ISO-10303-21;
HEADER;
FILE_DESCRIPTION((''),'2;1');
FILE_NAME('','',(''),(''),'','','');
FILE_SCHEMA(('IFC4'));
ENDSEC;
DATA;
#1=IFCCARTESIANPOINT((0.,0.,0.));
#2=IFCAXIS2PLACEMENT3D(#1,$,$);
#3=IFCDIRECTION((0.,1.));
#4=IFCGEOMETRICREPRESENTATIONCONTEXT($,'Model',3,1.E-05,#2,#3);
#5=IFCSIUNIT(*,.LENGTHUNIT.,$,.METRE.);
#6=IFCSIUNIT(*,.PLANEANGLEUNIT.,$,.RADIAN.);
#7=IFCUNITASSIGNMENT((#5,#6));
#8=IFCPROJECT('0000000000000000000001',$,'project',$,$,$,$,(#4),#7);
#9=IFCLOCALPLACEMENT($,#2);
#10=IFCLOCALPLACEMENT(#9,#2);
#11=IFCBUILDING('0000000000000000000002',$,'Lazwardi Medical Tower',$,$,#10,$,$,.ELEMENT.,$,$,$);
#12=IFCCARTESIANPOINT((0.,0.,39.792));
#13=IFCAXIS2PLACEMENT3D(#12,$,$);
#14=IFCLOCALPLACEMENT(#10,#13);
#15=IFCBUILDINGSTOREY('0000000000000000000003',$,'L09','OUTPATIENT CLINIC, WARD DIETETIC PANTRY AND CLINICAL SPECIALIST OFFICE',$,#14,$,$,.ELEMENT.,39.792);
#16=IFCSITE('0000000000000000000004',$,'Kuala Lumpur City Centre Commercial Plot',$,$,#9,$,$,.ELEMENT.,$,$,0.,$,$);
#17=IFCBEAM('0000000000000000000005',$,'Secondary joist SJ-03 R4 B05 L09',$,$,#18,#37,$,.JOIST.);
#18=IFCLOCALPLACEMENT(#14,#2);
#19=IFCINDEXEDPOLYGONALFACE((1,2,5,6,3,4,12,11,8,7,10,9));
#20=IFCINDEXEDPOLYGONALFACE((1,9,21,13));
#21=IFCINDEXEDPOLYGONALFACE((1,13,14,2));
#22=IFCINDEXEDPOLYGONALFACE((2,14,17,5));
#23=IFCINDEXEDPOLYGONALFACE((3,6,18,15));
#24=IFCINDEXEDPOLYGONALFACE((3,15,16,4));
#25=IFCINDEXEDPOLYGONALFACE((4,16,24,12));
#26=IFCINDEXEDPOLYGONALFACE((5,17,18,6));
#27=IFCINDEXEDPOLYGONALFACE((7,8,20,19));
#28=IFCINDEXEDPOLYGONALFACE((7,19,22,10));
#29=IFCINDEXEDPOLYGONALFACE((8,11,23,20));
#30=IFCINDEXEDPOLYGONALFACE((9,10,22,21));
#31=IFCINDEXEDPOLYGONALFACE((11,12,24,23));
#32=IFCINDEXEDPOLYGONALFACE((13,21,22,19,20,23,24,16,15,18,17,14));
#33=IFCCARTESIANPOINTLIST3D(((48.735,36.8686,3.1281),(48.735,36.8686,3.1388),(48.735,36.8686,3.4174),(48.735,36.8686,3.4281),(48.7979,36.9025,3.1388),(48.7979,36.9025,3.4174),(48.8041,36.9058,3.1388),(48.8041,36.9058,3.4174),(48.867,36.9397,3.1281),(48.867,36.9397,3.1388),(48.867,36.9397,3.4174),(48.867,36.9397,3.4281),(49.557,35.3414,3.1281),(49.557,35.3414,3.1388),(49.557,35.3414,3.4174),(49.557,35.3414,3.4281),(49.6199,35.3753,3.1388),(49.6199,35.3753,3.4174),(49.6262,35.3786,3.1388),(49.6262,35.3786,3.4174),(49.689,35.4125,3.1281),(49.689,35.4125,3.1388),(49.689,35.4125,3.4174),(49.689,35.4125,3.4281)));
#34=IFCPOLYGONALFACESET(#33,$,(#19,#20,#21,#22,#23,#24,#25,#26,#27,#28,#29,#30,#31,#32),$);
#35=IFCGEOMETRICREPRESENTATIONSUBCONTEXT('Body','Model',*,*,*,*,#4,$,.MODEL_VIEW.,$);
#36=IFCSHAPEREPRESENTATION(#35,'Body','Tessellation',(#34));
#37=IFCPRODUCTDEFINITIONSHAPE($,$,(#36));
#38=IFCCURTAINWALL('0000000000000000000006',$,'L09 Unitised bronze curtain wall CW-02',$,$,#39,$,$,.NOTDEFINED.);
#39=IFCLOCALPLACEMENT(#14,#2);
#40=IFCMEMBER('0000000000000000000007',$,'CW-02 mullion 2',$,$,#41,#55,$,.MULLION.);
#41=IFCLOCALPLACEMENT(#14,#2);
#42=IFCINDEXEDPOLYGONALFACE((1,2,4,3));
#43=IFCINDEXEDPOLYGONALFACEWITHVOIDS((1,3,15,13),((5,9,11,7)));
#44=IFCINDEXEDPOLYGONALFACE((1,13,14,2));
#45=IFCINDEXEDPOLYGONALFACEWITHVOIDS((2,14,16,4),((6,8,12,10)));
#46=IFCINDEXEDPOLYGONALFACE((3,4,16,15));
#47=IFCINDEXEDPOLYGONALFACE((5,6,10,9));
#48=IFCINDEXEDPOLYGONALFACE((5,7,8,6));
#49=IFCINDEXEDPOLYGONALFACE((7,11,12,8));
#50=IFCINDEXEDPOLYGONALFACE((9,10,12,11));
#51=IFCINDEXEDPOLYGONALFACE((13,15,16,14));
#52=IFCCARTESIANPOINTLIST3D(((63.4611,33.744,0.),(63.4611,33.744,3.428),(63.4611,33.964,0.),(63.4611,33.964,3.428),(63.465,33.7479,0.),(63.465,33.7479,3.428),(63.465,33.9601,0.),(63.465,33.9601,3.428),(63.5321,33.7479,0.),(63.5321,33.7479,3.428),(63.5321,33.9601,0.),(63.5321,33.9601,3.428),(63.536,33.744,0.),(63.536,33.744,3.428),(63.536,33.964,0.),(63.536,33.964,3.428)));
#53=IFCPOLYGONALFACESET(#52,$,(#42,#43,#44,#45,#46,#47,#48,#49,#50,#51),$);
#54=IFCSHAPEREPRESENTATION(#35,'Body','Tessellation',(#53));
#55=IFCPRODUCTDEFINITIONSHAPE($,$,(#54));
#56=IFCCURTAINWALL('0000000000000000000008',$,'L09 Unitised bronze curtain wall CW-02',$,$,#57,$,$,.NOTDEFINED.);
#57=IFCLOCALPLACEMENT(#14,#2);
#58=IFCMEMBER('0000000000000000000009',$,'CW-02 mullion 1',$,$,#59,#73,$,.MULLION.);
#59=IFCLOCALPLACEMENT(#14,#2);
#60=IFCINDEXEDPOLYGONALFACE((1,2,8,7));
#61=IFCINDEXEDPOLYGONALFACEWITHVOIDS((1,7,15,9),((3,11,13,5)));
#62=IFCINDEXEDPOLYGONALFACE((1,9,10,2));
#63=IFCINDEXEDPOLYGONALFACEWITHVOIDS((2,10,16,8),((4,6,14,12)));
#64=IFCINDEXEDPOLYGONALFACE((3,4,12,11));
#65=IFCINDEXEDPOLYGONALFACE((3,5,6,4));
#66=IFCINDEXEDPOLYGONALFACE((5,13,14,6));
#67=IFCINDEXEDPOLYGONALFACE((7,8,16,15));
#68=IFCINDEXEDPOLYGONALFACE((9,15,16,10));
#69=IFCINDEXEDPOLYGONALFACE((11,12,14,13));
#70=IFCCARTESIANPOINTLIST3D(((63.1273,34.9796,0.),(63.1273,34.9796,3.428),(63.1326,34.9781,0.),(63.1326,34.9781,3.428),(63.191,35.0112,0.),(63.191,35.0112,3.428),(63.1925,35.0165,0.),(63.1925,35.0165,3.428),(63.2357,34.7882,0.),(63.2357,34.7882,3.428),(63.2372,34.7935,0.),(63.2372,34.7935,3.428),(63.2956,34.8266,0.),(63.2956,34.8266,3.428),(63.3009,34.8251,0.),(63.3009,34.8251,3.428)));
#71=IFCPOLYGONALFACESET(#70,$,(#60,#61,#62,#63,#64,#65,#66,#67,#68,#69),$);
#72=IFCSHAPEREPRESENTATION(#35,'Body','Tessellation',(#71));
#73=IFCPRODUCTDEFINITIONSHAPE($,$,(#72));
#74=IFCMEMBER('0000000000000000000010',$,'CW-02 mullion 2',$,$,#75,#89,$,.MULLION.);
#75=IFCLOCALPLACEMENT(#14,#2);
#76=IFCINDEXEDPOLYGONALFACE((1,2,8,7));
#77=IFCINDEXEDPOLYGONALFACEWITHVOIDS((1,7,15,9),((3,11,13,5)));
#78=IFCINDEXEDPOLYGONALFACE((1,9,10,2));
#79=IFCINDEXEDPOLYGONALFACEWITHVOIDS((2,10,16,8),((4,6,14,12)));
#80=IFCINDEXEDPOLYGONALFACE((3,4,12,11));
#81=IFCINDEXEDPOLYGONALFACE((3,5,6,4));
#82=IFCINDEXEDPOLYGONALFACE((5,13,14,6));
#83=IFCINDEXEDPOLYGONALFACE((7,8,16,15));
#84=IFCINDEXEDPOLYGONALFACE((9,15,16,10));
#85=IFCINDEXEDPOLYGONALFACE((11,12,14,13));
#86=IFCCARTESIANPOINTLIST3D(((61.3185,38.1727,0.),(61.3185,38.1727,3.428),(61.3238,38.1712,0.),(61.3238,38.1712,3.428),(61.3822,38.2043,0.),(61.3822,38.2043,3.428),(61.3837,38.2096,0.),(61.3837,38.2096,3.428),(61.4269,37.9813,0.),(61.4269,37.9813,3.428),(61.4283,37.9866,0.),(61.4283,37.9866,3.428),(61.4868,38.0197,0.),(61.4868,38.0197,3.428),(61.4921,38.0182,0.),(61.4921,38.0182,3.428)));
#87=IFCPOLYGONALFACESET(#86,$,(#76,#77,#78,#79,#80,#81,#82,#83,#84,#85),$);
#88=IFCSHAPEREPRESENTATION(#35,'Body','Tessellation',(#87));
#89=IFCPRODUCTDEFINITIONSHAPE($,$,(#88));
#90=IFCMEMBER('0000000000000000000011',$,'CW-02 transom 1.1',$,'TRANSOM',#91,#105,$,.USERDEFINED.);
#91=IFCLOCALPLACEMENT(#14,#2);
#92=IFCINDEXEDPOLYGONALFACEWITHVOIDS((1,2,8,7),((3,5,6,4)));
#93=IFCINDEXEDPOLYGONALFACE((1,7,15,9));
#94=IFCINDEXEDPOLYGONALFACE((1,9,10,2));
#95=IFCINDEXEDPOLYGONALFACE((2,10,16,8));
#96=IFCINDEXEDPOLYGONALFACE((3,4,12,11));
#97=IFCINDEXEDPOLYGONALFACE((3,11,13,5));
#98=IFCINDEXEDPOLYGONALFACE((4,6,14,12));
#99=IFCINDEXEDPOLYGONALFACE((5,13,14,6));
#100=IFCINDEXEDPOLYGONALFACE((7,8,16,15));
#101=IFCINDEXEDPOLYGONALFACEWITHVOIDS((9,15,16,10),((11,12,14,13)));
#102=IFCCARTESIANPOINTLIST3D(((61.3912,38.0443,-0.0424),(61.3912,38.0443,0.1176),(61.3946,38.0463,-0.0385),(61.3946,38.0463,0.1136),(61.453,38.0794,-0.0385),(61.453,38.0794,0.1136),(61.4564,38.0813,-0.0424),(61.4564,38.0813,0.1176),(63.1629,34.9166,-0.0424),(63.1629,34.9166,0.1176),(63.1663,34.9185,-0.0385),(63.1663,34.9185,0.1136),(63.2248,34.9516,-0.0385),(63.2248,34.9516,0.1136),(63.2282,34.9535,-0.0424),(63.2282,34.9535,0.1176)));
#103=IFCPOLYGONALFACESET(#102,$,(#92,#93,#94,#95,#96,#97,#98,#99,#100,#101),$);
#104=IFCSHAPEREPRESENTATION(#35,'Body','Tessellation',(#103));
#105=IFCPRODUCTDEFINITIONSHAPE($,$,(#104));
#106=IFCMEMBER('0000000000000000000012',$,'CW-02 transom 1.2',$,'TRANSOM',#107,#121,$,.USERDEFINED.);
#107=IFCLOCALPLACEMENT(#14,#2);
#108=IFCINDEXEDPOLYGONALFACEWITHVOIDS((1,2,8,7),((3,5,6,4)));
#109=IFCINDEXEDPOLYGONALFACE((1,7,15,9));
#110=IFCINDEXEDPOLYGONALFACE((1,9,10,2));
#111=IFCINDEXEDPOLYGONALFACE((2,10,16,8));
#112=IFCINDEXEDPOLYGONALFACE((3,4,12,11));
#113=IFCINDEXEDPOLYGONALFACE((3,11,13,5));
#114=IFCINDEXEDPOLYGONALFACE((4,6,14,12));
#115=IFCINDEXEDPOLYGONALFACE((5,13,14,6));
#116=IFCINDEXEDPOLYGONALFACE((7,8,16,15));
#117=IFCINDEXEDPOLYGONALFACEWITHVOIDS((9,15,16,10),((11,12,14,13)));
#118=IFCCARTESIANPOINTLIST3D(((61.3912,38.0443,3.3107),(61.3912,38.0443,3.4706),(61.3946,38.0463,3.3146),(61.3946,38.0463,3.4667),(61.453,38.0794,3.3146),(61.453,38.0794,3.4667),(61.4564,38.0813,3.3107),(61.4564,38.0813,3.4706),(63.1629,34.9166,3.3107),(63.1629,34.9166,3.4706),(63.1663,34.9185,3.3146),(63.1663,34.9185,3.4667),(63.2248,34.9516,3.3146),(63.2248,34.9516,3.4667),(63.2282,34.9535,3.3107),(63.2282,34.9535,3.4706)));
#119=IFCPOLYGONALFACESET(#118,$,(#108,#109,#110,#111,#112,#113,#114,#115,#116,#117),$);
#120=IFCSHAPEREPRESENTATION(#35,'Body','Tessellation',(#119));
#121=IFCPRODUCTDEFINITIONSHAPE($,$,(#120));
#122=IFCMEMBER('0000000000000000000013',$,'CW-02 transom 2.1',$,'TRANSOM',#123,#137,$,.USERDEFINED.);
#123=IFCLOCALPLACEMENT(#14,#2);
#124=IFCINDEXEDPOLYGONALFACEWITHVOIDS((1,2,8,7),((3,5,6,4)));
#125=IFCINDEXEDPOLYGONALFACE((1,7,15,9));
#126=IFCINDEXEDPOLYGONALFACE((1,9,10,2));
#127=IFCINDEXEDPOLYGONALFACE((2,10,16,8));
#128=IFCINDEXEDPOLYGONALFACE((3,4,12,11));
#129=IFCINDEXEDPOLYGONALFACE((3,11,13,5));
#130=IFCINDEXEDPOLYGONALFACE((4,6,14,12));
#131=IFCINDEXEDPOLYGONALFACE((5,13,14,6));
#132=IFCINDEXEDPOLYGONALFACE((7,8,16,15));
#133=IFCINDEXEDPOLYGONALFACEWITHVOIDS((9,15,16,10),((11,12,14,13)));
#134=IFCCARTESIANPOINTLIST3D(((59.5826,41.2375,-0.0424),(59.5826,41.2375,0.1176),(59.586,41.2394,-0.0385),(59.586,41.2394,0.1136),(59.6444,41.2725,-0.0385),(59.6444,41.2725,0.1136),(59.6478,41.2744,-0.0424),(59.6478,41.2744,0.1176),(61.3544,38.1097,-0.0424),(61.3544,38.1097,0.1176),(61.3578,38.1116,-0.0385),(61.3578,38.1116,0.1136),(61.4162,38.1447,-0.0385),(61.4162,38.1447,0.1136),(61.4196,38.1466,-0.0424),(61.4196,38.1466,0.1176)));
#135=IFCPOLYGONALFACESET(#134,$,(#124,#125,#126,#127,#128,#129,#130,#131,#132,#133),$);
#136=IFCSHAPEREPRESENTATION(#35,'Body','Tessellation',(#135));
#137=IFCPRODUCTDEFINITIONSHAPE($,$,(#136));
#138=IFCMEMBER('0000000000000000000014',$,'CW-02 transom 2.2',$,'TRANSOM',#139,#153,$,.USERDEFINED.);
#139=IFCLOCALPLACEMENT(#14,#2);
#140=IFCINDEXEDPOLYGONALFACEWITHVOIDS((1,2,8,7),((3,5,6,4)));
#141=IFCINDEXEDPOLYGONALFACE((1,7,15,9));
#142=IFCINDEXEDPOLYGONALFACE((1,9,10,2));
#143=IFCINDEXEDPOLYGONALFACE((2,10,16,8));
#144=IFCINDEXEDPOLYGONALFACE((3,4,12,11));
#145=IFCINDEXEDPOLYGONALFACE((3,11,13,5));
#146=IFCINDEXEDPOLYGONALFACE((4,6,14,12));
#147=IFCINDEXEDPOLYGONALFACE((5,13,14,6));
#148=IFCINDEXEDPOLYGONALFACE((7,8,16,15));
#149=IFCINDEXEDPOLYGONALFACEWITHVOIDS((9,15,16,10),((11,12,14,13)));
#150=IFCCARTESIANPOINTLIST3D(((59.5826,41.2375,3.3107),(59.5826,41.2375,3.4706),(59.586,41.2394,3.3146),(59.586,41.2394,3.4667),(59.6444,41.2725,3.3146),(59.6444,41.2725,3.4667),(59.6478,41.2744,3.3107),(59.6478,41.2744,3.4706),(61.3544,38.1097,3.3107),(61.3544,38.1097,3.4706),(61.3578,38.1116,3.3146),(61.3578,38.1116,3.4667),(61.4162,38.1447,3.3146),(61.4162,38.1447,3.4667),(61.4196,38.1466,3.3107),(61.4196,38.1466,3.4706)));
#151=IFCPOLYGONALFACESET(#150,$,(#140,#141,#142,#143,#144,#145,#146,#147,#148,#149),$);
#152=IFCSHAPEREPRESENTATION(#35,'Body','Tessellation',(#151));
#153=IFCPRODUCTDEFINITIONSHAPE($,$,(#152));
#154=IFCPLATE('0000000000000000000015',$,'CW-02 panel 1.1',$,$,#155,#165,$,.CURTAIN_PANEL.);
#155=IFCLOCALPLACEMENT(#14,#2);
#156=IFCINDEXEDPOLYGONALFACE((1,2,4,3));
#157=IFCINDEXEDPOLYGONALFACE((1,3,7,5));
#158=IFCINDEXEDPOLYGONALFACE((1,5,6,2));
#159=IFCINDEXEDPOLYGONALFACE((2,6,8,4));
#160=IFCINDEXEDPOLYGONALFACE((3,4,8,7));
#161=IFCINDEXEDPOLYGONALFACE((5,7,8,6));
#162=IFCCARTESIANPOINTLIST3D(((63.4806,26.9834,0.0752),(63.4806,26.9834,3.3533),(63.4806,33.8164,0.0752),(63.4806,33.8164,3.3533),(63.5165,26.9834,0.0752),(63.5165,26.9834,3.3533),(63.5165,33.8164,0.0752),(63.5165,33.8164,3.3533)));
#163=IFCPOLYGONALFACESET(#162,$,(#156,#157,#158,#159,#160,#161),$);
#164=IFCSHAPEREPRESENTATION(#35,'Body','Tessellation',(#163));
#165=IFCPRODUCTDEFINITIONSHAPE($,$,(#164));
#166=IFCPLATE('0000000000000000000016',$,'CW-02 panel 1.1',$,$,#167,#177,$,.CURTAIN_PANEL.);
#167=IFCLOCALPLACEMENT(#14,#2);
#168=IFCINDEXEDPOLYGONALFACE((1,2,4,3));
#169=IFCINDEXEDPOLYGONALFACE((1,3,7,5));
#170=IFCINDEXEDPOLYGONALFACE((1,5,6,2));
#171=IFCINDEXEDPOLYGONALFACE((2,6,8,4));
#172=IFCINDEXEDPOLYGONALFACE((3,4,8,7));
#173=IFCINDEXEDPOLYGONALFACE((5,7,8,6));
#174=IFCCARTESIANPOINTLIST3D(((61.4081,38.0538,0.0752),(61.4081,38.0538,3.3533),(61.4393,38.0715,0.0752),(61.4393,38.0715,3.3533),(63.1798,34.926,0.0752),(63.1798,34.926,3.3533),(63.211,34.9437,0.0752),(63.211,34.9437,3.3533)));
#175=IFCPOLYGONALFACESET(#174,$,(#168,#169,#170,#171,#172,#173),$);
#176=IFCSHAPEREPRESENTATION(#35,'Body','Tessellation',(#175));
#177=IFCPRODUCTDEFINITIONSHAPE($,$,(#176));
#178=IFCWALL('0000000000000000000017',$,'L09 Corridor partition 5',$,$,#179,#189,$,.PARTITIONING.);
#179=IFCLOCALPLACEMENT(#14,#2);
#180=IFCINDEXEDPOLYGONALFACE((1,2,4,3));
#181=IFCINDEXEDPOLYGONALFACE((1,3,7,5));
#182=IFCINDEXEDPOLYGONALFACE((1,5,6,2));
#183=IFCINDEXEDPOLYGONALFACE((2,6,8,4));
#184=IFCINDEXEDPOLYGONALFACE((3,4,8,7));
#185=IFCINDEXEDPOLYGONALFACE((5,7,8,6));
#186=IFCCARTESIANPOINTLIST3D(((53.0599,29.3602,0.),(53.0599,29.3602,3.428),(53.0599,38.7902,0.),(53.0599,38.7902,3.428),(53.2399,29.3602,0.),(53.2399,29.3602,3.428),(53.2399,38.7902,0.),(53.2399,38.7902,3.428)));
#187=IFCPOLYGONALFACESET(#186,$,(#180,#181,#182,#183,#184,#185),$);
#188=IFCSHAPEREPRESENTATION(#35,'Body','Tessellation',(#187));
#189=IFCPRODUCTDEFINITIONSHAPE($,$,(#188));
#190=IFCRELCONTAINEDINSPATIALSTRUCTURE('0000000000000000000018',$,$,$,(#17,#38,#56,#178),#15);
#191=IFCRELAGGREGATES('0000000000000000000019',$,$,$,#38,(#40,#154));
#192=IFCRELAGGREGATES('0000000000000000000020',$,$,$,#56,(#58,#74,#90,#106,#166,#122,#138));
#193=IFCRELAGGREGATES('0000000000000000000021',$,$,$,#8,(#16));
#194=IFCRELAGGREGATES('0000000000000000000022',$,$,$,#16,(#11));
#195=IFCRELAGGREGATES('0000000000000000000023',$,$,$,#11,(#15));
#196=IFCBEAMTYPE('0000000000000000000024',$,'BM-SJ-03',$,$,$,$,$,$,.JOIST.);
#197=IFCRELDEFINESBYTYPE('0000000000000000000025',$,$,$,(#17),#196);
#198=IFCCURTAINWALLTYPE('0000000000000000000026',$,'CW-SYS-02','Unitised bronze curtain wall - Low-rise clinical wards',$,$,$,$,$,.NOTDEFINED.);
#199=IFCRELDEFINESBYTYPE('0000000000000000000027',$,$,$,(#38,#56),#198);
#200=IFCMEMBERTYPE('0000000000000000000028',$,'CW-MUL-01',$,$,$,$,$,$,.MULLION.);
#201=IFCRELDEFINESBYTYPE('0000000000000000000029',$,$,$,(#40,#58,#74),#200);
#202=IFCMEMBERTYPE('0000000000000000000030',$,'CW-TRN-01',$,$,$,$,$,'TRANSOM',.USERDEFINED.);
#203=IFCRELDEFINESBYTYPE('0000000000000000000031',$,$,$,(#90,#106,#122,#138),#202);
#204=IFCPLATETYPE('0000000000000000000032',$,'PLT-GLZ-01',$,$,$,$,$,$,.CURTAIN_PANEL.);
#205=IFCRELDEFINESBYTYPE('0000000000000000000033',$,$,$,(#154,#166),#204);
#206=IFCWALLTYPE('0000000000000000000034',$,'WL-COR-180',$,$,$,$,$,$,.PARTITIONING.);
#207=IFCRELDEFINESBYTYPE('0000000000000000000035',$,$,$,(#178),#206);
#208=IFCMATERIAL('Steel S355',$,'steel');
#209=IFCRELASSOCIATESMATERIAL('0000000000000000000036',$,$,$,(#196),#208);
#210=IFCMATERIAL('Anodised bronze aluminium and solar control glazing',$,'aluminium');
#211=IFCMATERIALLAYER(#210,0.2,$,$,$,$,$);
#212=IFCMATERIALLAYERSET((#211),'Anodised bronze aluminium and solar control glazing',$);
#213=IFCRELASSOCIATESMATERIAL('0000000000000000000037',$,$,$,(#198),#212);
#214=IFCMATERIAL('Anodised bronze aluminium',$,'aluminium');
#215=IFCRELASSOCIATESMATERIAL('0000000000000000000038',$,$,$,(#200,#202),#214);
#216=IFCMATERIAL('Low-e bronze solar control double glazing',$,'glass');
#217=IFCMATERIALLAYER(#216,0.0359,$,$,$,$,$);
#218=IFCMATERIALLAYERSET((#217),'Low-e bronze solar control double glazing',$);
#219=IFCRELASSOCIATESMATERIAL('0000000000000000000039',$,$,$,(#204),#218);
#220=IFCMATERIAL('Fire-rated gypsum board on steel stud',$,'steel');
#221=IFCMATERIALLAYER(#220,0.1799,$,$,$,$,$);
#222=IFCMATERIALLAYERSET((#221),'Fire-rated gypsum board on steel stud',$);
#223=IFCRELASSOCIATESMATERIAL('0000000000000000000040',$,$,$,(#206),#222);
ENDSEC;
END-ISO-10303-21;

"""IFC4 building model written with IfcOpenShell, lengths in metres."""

from ifc_helpers import new_model, si_unit, direction, frame, frame_2d, origin, origin_2d, place, context, subcontext, project, spatial, rectangle, hollow_rectangle, i_section, extrude, material, layer, layer_set, material_profile, profile_set, type_object, element, aggregate, save


model = new_model("IFC4")

# Units and contexts
model_context = context("Model", 3, precision=1e-05, world=origin(), true_north=direction((0.0, 1.0)))
body_context = subcontext(model_context, "Body", "Model", "MODEL_VIEW")
ifc_project = project(units=[si_unit("LENGTHUNIT", "METRE"), si_unit("PLANEANGLEUNIT", "RADIAN")], contexts=[model_context])

# Site, building, storey
site_placement = place(None, origin())
site = spatial("IfcSite", under=ifc_project, at=site_placement, Name="Kuala Lumpur City Centre Commercial Plot", CompositionType="ELEMENT", RefElevation=0.0)
building_placement = place(site_placement, origin())
building = spatial("IfcBuilding", under=site, at=building_placement, Name="Lazwardi Medical Tower", CompositionType="ELEMENT")
storey_placement = place(building_placement, frame((0.0, 0.0, 39.792)))
storey = spatial("IfcBuildingStorey", under=building, at=storey_placement, Name="L09", Description="OUTPATIENT CLINIC, WARD DIETETIC PANTRY AND CLINICAL SPECIALIST OFFICE", CompositionType="ELEMENT", Elevation=39.792)

# Beam
ifc_material_1 = material(Name="Steel S355", Category="steel")
ifc_material_profile_1 = material_profile(ifc_material_1, i_section(OverallWidth=0.1499, OverallDepth=0.3, WebThickness=0.0071, FlangeThickness=0.0107, at=origin_2d()), Name="IPE 300")
ifc_profile_set_1 = profile_set([ifc_material_profile_1], Name="Steel S355")
beam_type_1 = type_object("IfcBeamType", Name="BM-SJ-03", PredefinedType="JOIST", material=ifc_profile_set_1)
beam_1_placement = place(storey_placement, frame((49.623, 35.377, 3.2781), z_axis=(-0.473982, 0.880534, 0.0), x_axis=(-0.880534, -0.473982, 0.0)))
element("IfcBeam", 1, at=beam_1_placement, inside=storey, type_object=beam_type_1, Name="Secondary joist SJ-03 R4 B05 L09", PredefinedType="JOIST", context=body_context, shape_type="SweptSolid", body=[
    extrude(i_section(OverallWidth=0.1499, OverallDepth=0.3, WebThickness=0.0071, FlangeThickness=0.0107, at=origin_2d()), origin(), (0.0, 0.0, 1.0), 1.7344),
])

# Curtain wall, member
ifc_material_2 = material(Name="Anodised bronze aluminium and solar control glazing", Category="aluminium")
ifc_layer_1 = layer(ifc_material_2, 0.2)
ifc_layer_set_1 = layer_set([ifc_layer_1], Name="Anodised bronze aluminium and solar control glazing")
curtain_wall_type = type_object("IfcCurtainWallType", Name="CW-SYS-02", Description="Unitised bronze curtain wall - Low-rise clinical wards", PredefinedType="NOTDEFINED", material=ifc_layer_set_1)
curtain_wall_1_placement = place(storey_placement, origin())
curtain_wall_1 = element("IfcCurtainWall", 2, at=curtain_wall_1_placement, inside=storey, type_object=curtain_wall_type, Name="L09 Unitised bronze curtain wall CW-02", PredefinedType="NOTDEFINED")
ifc_material_3 = material(Name="Anodised bronze aluminium", Category="aluminium")
ifc_material_profile_2 = material_profile(ifc_material_3, hollow_rectangle(XDim=0.075, YDim=0.22, WallThickness=0.0039, at=origin_2d()), Name="ALU-MULLION 220x75x4")
ifc_profile_set_2 = profile_set([ifc_material_profile_2], Name="Anodised bronze aluminium")
member_type_1 = type_object("IfcMemberType", Name="CW-MUL-01", PredefinedType="MULLION", material=ifc_profile_set_2)
member_1_placement = place(storey_placement, frame((63.4985, 33.854, 0.0), z_axis=(0.0, 0.0, 1.0), x_axis=(-1.0, 0.0, 0.0)))
member_1 = element("IfcMember", 3, at=member_1_placement, type_object=member_type_1, Name="CW-02 mullion 2", PredefinedType="MULLION", context=body_context, shape_type="SweptSolid", body=[
    extrude(hollow_rectangle(XDim=0.075, YDim=0.22, WallThickness=0.0039, at=origin_2d()), origin(), (0.0, 0.0, 1.0), 3.428),
])

# Curtain wall, members
curtain_wall_2_placement = place(storey_placement, origin())
curtain_wall_2 = element("IfcCurtainWall", 4, at=curtain_wall_2_placement, inside=storey, type_object=curtain_wall_type, Name="L09 Unitised bronze curtain wall CW-02", PredefinedType="NOTDEFINED")
member_2_placement = place(storey_placement, frame((63.2141, 34.9023, 0.0), z_axis=(0.0, 0.0, 1.0), x_axis=(-0.870112, -0.492854, 0.0)))
member_2 = element("IfcMember", 5, at=member_2_placement, type_object=member_type_1, Name="CW-02 mullion 1", PredefinedType="MULLION", context=body_context, shape_type="SweptSolid", body=[
    extrude(hollow_rectangle(XDim=0.075, YDim=0.22, WallThickness=0.0039, at=origin_2d()), origin(), (0.0, 0.0, 1.0), 3.428),
])
member_3_placement = place(storey_placement, frame((61.4053, 38.0955, 0.0), z_axis=(0.0, 0.0, 1.0), x_axis=(-0.870112, -0.492854, 0.0)))
member_3 = element("IfcMember", 6, at=member_3_placement, type_object=member_type_1, Name="CW-02 mullion 2", PredefinedType="MULLION", context=body_context, shape_type="SweptSolid", body=[
    extrude(hollow_rectangle(XDim=0.075, YDim=0.22, WallThickness=0.0039, at=origin_2d()), origin(), (0.0, 0.0, 1.0), 3.428),
])
ifc_material_profile_3 = material_profile(ifc_material_3, hollow_rectangle(XDim=0.075, YDim=0.1599, WallThickness=0.0039, at=origin_2d()), Name="ALU-TRANSOM 160x75x4")
ifc_profile_set_3 = profile_set([ifc_material_profile_3], Name="Anodised bronze aluminium")
member_type_2 = type_object("IfcMemberType", Name="CW-TRN-01", ElementType="TRANSOM", PredefinedType="USERDEFINED", material=ifc_profile_set_3)
member_4_placement = place(storey_placement, frame((63.1956, 34.9351, 0.0376), z_axis=(-0.492881, 0.870097, 0.0), x_axis=(-0.870097, -0.492881, 0.0)))
member_4 = element("IfcMember", 7, at=member_4_placement, type_object=member_type_2, Name="CW-02 transom 1.1", ObjectType="TRANSOM", PredefinedType="USERDEFINED", context=body_context, shape_type="SweptSolid", body=[
    extrude(hollow_rectangle(XDim=0.075, YDim=0.1599, WallThickness=0.0039, at=origin_2d()), origin(), (0.0, 0.0, 1.0), 3.5947),
])
member_5_placement = place(storey_placement, frame((63.1956, 34.9351, 3.3906), z_axis=(-0.492881, 0.870097, 0.0), x_axis=(-0.870097, -0.492881, 0.0)))
member_5 = element("IfcMember", 8, at=member_5_placement, type_object=member_type_2, Name="CW-02 transom 1.2", ObjectType="TRANSOM", PredefinedType="USERDEFINED", context=body_context, shape_type="SweptSolid", body=[
    extrude(hollow_rectangle(XDim=0.075, YDim=0.1599, WallThickness=0.0039, at=origin_2d()), origin(), (0.0, 0.0, 1.0), 3.5947),
])
member_6_placement = place(storey_placement, frame((61.387, 38.1282, 0.0376), z_axis=(-0.492881, 0.870097, 0.0), x_axis=(-0.870097, -0.492881, 0.0)))
member_6 = element("IfcMember", 9, at=member_6_placement, type_object=member_type_2, Name="CW-02 transom 2.1", ObjectType="TRANSOM", PredefinedType="USERDEFINED", context=body_context, shape_type="SweptSolid", body=[
    extrude(hollow_rectangle(XDim=0.075, YDim=0.1599, WallThickness=0.0039, at=origin_2d()), origin(), (0.0, 0.0, 1.0), 3.5947),
])
member_7_placement = place(storey_placement, frame((61.387, 38.1282, 3.3906), z_axis=(-0.492881, 0.870097, 0.0), x_axis=(-0.870097, -0.492881, 0.0)))
member_7 = element("IfcMember", 10, at=member_7_placement, type_object=member_type_2, Name="CW-02 transom 2.2", ObjectType="TRANSOM", PredefinedType="USERDEFINED", context=body_context, shape_type="SweptSolid", body=[
    extrude(hollow_rectangle(XDim=0.075, YDim=0.1599, WallThickness=0.0039, at=origin_2d()), origin(), (0.0, 0.0, 1.0), 3.5947),
])

# Plates
ifc_material_4 = material(Name="Low-e bronze solar control double glazing", Category="glass")
ifc_layer_2 = layer(ifc_material_4, 0.0359)
ifc_layer_set_2 = layer_set([ifc_layer_2], Name="Low-e bronze solar control double glazing")
plate_type = type_object("IfcPlateType", Name="PLT-GLZ-01", PredefinedType="CURTAIN_PANEL", material=ifc_layer_set_2)
plate_1_placement = place(storey_placement, frame((63.4985, 30.3999, 0.0752), z_axis=(0.0, 0.0, 1.0), x_axis=(0.0, 1.0, 0.0)))
plate_1 = element("IfcPlate", 11, at=plate_1_placement, type_object=plate_type, Name="CW-02 panel 1.1", PredefinedType="CURTAIN_PANEL", context=body_context, shape_type="SweptSolid", body=[
    extrude(rectangle(XDim=6.833, YDim=0.0359, at=origin_2d()), origin(), (0.0, 0.0, 1.0), 3.2781),
])
aggregate(curtain_wall_1, [member_1, plate_1])
plate_2_placement = place(storey_placement, frame((62.3096, 36.4988, 0.0752), z_axis=(0.0, 0.0, 1.0), x_axis=(-0.492854, 0.870112, 0.0)))
plate_2 = element("IfcPlate", 12, at=plate_2_placement, type_object=plate_type, Name="CW-02 panel 1.1", PredefinedType="CURTAIN_PANEL", context=body_context, shape_type="SweptSolid", body=[
    extrude(rectangle(XDim=3.5947, YDim=0.0359, at=origin_2d()), origin(), (0.0, 0.0, 1.0), 3.2781),
])
aggregate(curtain_wall_2, [member_2, member_3, member_4, member_5, plate_2, member_6, member_7])

# Wall
ifc_material_5 = material(Name="Fire-rated gypsum board on steel stud", Category="steel")
ifc_layer_3 = layer(ifc_material_5, 0.1799)
ifc_layer_set_3 = layer_set([ifc_layer_3], Name="Fire-rated gypsum board on steel stud")
wall_type_1 = type_object("IfcWallType", Name="WL-COR-180", PredefinedType="PARTITIONING", material=ifc_layer_set_3)
wall_1_placement = place(storey_placement, frame((53.1499, 38.79, 0.0), z_axis=(0.0, 0.0, 1.0), x_axis=(0.0, -1.0, 0.0)))
element("IfcWall", 13, at=wall_1_placement, inside=storey, type_object=wall_type_1, Name="L09 Corridor partition 5", PredefinedType="PARTITIONING", context=body_context, shape_type="SweptSolid", body=[
    extrude(rectangle(XDim=9.4299, YDim=0.1799, at=frame_2d((4.7148, 0.0))), origin(), (0.0, 0.0, 1.0), 3.428),
])

save(model, "model.ifc")
